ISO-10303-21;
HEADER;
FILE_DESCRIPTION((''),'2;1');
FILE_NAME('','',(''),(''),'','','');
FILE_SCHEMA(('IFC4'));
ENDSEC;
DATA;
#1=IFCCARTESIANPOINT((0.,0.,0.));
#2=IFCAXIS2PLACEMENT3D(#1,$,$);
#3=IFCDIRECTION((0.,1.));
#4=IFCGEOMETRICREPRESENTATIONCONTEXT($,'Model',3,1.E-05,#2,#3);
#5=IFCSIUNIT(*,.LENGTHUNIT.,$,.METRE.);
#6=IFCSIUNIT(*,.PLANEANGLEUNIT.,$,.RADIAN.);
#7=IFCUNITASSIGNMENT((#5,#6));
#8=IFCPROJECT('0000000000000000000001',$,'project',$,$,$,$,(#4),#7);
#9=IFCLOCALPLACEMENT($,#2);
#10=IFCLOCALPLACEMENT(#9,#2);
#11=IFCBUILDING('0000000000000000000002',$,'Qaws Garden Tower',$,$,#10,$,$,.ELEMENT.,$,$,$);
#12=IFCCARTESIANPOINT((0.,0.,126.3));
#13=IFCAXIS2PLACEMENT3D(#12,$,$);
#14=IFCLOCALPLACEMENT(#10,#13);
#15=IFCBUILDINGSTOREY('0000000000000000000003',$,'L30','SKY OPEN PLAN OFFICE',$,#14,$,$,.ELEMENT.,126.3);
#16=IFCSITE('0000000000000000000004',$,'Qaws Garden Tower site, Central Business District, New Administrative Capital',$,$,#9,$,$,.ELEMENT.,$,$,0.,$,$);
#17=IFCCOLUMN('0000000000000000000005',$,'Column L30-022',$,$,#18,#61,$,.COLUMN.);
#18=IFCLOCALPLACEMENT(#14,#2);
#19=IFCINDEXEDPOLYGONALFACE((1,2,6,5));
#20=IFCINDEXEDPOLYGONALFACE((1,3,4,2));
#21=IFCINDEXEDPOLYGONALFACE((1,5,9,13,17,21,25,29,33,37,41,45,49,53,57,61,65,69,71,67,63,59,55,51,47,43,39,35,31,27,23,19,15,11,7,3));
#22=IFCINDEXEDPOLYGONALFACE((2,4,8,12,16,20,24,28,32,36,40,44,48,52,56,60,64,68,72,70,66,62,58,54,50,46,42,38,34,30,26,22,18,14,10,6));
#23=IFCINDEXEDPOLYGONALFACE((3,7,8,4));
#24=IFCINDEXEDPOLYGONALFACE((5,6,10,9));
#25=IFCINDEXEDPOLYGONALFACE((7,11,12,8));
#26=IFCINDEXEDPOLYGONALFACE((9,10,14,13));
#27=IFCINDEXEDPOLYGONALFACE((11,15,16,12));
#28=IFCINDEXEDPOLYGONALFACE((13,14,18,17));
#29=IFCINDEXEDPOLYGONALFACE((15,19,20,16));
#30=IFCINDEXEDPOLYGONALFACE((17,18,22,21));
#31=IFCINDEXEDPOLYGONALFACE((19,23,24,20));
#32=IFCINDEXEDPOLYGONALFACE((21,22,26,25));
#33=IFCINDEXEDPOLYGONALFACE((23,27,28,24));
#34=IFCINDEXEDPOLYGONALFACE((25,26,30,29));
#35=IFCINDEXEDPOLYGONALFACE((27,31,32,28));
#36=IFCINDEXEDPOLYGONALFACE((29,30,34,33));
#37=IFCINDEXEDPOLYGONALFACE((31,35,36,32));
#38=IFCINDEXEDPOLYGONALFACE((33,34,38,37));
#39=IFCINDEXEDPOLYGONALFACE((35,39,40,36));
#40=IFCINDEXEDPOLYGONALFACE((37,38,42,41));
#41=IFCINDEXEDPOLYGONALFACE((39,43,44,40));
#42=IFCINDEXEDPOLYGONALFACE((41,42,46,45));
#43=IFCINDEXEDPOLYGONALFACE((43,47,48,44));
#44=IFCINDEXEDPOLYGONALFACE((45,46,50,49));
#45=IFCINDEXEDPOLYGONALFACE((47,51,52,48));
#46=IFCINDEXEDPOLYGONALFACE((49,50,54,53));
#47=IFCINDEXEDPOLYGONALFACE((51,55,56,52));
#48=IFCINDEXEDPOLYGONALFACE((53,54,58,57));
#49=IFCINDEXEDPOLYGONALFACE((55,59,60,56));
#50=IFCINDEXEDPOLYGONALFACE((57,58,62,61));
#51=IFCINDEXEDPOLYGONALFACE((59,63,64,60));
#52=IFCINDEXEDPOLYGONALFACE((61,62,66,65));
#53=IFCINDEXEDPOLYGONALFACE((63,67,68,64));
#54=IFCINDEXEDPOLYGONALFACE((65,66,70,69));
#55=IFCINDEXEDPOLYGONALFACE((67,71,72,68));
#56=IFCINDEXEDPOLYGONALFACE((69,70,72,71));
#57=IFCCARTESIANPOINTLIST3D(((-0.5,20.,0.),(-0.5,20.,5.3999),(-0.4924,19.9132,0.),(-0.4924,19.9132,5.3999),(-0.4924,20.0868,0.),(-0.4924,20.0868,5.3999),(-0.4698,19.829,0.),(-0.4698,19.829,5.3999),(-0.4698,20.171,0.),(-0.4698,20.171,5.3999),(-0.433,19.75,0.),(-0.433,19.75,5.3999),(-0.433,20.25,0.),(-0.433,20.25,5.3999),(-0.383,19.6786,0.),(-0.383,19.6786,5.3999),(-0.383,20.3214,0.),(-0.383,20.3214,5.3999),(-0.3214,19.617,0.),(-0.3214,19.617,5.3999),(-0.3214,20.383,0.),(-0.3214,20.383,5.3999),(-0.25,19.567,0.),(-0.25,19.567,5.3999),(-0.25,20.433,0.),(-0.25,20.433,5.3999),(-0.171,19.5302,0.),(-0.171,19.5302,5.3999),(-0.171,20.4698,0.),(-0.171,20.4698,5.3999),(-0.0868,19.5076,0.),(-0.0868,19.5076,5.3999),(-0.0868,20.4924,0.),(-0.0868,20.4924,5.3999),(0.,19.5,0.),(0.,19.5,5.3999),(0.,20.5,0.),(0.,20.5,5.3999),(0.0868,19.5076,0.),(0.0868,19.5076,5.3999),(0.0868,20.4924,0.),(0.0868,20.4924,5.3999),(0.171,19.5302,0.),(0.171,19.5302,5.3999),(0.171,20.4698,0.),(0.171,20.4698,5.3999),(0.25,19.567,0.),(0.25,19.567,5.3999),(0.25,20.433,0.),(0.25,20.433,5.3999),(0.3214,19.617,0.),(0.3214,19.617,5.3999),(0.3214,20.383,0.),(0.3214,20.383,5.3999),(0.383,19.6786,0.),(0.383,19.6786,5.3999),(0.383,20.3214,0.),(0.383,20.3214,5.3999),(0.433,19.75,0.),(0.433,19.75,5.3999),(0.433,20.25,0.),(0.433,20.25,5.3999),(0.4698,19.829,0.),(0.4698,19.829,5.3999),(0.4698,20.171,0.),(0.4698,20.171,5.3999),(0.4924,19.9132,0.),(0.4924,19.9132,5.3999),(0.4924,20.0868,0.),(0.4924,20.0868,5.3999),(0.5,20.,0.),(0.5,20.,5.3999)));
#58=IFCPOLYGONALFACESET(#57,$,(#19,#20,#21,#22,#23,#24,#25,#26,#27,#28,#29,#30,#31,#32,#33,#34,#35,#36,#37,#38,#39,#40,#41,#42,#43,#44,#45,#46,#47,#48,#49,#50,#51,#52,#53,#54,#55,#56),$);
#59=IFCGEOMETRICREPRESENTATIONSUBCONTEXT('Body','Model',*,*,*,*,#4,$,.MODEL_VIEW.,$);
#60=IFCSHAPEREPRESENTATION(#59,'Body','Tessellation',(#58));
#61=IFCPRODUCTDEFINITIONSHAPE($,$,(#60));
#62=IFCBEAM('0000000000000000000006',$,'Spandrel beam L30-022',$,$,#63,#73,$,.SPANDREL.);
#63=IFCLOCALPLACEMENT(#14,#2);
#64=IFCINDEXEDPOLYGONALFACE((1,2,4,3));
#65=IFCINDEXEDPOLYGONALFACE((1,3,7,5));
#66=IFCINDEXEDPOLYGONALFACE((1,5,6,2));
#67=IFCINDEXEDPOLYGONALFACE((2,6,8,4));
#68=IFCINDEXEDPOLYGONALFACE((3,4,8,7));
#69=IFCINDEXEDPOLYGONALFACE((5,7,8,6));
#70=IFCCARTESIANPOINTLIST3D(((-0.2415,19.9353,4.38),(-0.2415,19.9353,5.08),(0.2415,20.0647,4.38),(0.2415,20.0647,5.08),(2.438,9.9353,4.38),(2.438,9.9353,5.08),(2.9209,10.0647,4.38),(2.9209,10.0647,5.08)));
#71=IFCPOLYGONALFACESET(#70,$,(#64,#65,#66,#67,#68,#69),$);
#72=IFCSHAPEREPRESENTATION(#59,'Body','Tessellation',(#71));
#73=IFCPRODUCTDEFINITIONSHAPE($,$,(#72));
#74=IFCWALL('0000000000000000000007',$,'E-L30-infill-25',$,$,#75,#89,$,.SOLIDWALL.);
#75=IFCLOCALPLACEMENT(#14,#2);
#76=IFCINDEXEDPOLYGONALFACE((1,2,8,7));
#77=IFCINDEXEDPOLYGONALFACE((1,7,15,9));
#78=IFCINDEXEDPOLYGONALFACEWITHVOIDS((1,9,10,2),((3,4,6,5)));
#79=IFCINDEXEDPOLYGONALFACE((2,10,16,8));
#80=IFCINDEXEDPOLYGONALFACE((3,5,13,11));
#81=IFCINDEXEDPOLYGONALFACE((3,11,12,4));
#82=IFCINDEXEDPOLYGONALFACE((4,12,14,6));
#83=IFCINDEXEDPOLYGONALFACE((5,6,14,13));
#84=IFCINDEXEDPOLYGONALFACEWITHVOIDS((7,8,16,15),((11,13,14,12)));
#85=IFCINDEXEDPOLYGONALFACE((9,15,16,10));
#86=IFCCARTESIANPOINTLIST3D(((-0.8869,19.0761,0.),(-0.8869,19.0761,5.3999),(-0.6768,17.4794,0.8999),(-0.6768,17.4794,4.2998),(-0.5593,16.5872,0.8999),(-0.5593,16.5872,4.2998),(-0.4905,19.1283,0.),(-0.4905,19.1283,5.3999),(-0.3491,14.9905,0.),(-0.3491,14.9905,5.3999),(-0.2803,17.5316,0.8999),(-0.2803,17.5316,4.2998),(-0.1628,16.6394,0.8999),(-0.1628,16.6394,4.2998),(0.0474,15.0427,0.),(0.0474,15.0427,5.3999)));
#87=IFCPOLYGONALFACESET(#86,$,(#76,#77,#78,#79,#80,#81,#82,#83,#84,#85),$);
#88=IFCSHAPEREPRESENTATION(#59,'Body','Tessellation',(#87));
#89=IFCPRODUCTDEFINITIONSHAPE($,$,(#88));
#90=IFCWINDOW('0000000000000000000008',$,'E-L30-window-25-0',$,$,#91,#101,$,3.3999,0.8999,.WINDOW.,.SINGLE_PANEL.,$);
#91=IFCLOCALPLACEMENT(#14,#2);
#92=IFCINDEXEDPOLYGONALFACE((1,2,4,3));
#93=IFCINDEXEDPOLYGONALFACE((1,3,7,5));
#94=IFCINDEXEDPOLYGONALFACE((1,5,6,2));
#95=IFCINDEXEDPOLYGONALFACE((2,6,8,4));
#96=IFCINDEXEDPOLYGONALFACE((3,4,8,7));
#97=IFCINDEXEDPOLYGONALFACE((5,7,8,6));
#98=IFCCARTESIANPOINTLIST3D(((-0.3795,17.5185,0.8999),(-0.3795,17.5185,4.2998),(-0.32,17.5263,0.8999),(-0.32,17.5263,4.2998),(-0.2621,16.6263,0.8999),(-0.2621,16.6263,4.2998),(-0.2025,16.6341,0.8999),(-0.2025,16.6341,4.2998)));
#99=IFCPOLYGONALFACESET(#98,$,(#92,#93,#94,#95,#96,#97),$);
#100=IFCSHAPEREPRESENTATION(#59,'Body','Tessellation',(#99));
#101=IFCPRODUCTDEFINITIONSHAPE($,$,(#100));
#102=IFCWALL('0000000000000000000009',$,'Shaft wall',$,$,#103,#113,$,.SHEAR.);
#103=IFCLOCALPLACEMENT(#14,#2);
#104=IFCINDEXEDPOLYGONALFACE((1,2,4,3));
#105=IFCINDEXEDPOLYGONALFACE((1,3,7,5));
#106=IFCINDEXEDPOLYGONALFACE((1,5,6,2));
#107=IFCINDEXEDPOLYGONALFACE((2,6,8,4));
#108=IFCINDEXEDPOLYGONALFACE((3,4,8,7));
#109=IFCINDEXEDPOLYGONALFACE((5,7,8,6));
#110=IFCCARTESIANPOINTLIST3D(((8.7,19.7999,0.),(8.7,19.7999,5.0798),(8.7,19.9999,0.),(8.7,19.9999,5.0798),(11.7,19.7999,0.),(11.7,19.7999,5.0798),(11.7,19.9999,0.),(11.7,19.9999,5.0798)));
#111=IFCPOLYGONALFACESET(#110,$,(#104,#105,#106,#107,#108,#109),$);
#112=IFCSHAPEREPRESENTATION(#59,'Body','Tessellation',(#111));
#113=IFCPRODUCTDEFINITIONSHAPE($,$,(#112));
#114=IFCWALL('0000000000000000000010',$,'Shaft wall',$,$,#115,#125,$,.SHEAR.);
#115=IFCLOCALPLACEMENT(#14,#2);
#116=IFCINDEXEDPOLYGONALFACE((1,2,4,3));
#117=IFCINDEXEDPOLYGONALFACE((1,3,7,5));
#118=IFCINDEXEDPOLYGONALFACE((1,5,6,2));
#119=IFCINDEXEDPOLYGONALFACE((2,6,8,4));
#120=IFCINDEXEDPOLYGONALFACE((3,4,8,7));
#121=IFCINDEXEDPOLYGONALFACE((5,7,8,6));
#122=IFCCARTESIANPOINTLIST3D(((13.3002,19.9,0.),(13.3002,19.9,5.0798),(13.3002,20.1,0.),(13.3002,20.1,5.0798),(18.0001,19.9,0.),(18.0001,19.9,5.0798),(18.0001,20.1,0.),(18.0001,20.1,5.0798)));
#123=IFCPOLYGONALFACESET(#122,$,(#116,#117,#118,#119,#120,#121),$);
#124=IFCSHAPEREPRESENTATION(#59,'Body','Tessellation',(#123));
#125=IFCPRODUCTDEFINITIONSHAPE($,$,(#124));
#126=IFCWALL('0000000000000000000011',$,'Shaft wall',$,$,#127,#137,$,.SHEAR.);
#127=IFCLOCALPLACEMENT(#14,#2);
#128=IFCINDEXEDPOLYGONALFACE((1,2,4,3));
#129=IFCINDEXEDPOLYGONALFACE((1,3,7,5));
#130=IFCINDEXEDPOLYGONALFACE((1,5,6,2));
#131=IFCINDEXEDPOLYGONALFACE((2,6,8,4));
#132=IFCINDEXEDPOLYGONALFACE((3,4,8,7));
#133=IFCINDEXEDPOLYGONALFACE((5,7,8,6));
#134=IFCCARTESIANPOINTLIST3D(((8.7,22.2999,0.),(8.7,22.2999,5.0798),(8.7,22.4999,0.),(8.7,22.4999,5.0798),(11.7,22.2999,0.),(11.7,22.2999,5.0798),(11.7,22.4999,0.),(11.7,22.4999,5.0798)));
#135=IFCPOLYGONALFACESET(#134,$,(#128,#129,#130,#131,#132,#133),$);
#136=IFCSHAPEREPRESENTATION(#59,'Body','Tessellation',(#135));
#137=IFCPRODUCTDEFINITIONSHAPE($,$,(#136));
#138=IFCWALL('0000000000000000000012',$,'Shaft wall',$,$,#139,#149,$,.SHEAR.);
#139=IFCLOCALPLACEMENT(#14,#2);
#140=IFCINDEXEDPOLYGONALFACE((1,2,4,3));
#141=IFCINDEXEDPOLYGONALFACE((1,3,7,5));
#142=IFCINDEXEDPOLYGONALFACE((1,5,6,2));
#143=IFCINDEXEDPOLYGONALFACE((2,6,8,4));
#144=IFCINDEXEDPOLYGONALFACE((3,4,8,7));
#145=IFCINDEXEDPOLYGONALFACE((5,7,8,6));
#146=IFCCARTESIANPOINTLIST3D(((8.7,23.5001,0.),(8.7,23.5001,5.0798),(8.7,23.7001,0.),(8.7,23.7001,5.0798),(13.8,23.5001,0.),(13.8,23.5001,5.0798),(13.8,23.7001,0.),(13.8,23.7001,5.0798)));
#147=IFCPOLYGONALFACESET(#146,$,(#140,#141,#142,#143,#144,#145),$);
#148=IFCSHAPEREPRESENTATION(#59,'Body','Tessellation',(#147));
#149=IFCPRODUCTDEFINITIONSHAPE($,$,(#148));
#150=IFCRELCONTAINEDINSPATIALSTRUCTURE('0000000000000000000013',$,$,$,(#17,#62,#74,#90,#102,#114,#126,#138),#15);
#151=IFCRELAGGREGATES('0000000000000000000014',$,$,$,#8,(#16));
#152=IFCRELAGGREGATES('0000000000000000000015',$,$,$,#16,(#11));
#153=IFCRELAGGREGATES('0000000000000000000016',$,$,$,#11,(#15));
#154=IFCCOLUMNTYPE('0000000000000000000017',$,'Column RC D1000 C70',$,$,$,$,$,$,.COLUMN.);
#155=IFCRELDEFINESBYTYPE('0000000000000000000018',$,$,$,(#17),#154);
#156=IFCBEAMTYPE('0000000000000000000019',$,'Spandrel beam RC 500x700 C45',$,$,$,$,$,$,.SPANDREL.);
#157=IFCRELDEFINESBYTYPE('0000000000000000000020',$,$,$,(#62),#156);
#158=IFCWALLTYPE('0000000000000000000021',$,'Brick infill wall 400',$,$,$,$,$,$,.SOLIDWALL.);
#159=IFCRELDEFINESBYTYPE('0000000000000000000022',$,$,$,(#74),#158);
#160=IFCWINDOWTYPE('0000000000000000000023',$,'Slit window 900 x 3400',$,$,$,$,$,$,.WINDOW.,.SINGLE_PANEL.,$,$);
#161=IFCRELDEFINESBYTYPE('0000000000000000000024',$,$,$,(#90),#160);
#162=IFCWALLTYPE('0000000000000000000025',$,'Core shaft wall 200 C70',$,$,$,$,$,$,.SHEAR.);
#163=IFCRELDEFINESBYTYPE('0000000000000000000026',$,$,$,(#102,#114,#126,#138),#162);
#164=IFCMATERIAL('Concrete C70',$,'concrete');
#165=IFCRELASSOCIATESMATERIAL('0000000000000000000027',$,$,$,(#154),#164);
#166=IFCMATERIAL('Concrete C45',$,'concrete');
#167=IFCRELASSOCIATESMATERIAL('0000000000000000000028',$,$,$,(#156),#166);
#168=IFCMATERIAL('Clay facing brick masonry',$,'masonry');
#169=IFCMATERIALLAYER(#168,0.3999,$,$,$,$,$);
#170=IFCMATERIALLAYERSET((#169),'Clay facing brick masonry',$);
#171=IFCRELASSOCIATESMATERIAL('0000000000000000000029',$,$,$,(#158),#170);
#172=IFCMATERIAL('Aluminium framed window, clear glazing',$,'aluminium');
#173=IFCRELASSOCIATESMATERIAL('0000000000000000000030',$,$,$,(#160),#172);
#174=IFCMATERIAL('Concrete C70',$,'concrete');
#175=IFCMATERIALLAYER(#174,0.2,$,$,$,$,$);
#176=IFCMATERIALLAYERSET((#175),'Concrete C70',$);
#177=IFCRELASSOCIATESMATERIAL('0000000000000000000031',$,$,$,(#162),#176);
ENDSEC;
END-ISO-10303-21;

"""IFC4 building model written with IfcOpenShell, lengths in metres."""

from ifc_helpers import new_model, si_unit, direction, frame, frame_2d, origin, origin_2d, place, context, subcontext, project, spatial, rectangle, circle, extrude, material, layer, layer_set, material_profile, profile_set, type_object, element, fill, save


model = new_model("IFC4")

# Units and contexts
model_context = context("Model", 3, precision=1e-05, world=origin(), true_north=direction((0.0, 1.0)))
body_context = subcontext(model_context, "Body", "Model", "MODEL_VIEW")
ifc_project = project(units=[si_unit("LENGTHUNIT", "METRE"), si_unit("PLANEANGLEUNIT", "RADIAN")], contexts=[model_context])

# Site, building, storey
site_placement = place(None, origin())
site = spatial("IfcSite", under=ifc_project, at=site_placement, Name="Qaws Garden Tower site, Central Business District, New Administrative Capital", CompositionType="ELEMENT", RefElevation=0.0)
building_placement = place(site_placement, origin())
building = spatial("IfcBuilding", under=site, at=building_placement, Name="Qaws Garden Tower", CompositionType="ELEMENT")
storey_placement = place(building_placement, frame((0.0, 0.0, 126.3)))
storey = spatial("IfcBuildingStorey", under=building, at=storey_placement, Name="L30", Description="SKY OPEN PLAN OFFICE", CompositionType="ELEMENT", Elevation=126.3)

# Column
ifc_material_1 = material(Name="Concrete C70", Category="concrete")
ifc_material_profile_1 = material_profile(ifc_material_1, circle(Radius=0.5, at=origin_2d()), Name="RC D1000")
ifc_profile_set_1 = profile_set([ifc_material_profile_1], Name="Concrete C70")
column_type = type_object("IfcColumnType", Name="Column RC D1000 C70", PredefinedType="COLUMN", material=ifc_profile_set_1)
column_placement = place(storey_placement, frame((0.0, 20.0, 0.0), z_axis=(0.0, 0.0, 1.0), x_axis=(1.0, 0.0, 0.0)))
element("IfcColumn", 1, at=column_placement, inside=storey, type_object=column_type, Name="Column L30-022", PredefinedType="COLUMN", context=body_context, shape_type="SweptSolid", body=[
    extrude(circle(Radius=0.5, at=origin_2d()), origin(), (0.0, 0.0, 1.0), 5.3999),
])

# Beam
ifc_material_2 = material(Name="Concrete C45", Category="concrete")
ifc_material_profile_2 = material_profile(ifc_material_2, rectangle(XDim=0.5, YDim=0.7, at=origin_2d()), Name="RC 500x700")
ifc_profile_set_2 = profile_set([ifc_material_profile_2], Name="Concrete C45")
beam_type = type_object("IfcBeamType", Name="Spandrel beam RC 500x700 C45", PredefinedType="SPANDREL", material=ifc_profile_set_2)
beam_placement = place(storey_placement, frame((0.0, 20.0, 4.73), z_axis=(0.258815, -0.965927, 0.0), x_axis=(0.965927, 0.258815, 0.0)))
element("IfcBeam", 2, at=beam_placement, inside=storey, type_object=beam_type, Name="Spandrel beam L30-022", PredefinedType="SPANDREL", context=body_context, shape_type="SweptSolid", body=[
    extrude(rectangle(XDim=0.5, YDim=0.7, at=origin_2d()), origin(), (0.0, 0.0, 1.0), 10.3528),
])

# Wall, opening, window
ifc_material_3 = material(Name="Clay facing brick masonry", Category="masonry")
ifc_layer_1 = layer(ifc_material_3, 0.3999)
ifc_layer_set_1 = layer_set([ifc_layer_1], Name="Clay facing brick masonry")
wall_type_1 = type_object("IfcWallType", Name="Brick infill wall 400", PredefinedType="SOLIDWALL", material=ifc_layer_set_1)
wall_1_placement = place(storey_placement, frame((-0.6887, 19.1023, 0.0), z_axis=(0.0, 0.0, 1.0), x_axis=(0.130514, -0.991446, 0.0)))
wall_1 = element("IfcWall", 3, at=wall_1_placement, inside=storey, type_object=wall_type_1, Name="E-L30-infill-25", PredefinedType="SOLIDWALL", context=body_context, shape_type="SweptSolid", body=[
    extrude(rectangle(XDim=4.1208, YDim=0.3999, at=frame_2d((2.0605, 0.0))), origin(), (0.0, 0.0, 1.0), 5.3999),
])
opening_1_placement = place(wall_1_placement, frame((1.6106, 0.0, 0.8999)))
opening_1 = element("IfcOpeningElement", 4, at=opening_1_placement, cuts=wall_1, PredefinedType="OPENING", context=body_context, shape_type="SweptSolid", body=[
    extrude(rectangle(XDim=0.8999, YDim=3.3999, at=frame_2d((0.45, 1.7))), frame((0.0, 0.21, 0.0), z_axis=(0.0, -1.0, 0.0), x_axis=(1.0, 0.0, 0.0)), (0.0, 0.0, 1.0), 0.4199),
])
ifc_material_4 = material(Name="Aluminium framed window, clear glazing", Category="aluminium")
window_type = type_object("IfcWindowType", Name="Slit window 900 x 3400", PartitioningType="SINGLE_PANEL", PredefinedType="WINDOW", material=ifc_material_4)
window_placement = place(opening_1_placement, origin())
window = element("IfcWindow", 5, at=window_placement, inside=storey, type_object=window_type, Name="E-L30-window-25-0", OverallHeight=3.3999, OverallWidth=0.8999, PartitioningType="SINGLE_PANEL", PredefinedType="WINDOW", context=body_context, shape_type="SweptSolid", body=[
    extrude(rectangle(XDim=0.8999, YDim=3.3999, at=frame_2d((0.45, 1.7))), frame((0.0, 0.1599, 0.0), z_axis=(0.0, -1.0, 0.0), x_axis=(1.0, 0.0, 0.0)), (0.0, 0.0, 1.0), 0.0601),
])
fill(opening_1, window)

# Walls
ifc_material_5 = material(Name="Concrete C70", Category="concrete")
ifc_layer_2 = layer(ifc_material_5, 0.2)
ifc_layer_set_2 = layer_set([ifc_layer_2], Name="Concrete C70")
wall_type_2 = type_object("IfcWallType", Name="Core shaft wall 200 C70", PredefinedType="SHEAR", material=ifc_layer_set_2)
wall_2_placement = place(storey_placement, frame((8.7, 19.8999, 0.0), z_axis=(0.0, 0.0, 1.0), x_axis=(1.0, 0.0, 0.0)))
element("IfcWall", 6, at=wall_2_placement, inside=storey, type_object=wall_type_2, Name="Shaft wall", PredefinedType="SHEAR", context=body_context, shape_type="SweptSolid", body=[
    extrude(rectangle(XDim=3.0, YDim=0.2, at=frame_2d((1.5, 0.0))), origin(), (0.0, 0.0, 1.0), 5.0798),
])
wall_3_placement = place(storey_placement, frame((13.3, 20.0, 0.0), z_axis=(0.0, 0.0, 1.0), x_axis=(1.0, 0.0, 0.0)))
element("IfcWall", 7, at=wall_3_placement, inside=storey, type_object=wall_type_2, Name="Shaft wall", PredefinedType="SHEAR", context=body_context, shape_type="SweptSolid", body=[
    extrude(rectangle(XDim=4.7, YDim=0.2, at=frame_2d((2.3501, 0.0))), origin(), (0.0, 0.0, 1.0), 5.0798),
])
wall_4_placement = place(storey_placement, frame((8.7, 22.3999, 0.0), z_axis=(0.0, 0.0, 1.0), x_axis=(1.0, 0.0, 0.0)))
element("IfcWall", 8, at=wall_4_placement, inside=storey, type_object=wall_type_2, Name="Shaft wall", PredefinedType="SHEAR", context=body_context, shape_type="SweptSolid", body=[
    extrude(rectangle(XDim=3.0, YDim=0.2, at=frame_2d((1.5, 0.0))), origin(), (0.0, 0.0, 1.0), 5.0798),
])
wall_5_placement = place(storey_placement, frame((8.7, 23.6001, 0.0), z_axis=(0.0, 0.0, 1.0), x_axis=(1.0, 0.0, 0.0)))
element("IfcWall", 9, at=wall_5_placement, inside=storey, type_object=wall_type_2, Name="Shaft wall", PredefinedType="SHEAR", context=body_context, shape_type="SweptSolid", body=[
    extrude(rectangle(XDim=5.1001, YDim=0.2, at=frame_2d((2.55, 0.0))), origin(), (0.0, 0.0, 1.0), 5.0798),
])

save(model, "model.ifc")
